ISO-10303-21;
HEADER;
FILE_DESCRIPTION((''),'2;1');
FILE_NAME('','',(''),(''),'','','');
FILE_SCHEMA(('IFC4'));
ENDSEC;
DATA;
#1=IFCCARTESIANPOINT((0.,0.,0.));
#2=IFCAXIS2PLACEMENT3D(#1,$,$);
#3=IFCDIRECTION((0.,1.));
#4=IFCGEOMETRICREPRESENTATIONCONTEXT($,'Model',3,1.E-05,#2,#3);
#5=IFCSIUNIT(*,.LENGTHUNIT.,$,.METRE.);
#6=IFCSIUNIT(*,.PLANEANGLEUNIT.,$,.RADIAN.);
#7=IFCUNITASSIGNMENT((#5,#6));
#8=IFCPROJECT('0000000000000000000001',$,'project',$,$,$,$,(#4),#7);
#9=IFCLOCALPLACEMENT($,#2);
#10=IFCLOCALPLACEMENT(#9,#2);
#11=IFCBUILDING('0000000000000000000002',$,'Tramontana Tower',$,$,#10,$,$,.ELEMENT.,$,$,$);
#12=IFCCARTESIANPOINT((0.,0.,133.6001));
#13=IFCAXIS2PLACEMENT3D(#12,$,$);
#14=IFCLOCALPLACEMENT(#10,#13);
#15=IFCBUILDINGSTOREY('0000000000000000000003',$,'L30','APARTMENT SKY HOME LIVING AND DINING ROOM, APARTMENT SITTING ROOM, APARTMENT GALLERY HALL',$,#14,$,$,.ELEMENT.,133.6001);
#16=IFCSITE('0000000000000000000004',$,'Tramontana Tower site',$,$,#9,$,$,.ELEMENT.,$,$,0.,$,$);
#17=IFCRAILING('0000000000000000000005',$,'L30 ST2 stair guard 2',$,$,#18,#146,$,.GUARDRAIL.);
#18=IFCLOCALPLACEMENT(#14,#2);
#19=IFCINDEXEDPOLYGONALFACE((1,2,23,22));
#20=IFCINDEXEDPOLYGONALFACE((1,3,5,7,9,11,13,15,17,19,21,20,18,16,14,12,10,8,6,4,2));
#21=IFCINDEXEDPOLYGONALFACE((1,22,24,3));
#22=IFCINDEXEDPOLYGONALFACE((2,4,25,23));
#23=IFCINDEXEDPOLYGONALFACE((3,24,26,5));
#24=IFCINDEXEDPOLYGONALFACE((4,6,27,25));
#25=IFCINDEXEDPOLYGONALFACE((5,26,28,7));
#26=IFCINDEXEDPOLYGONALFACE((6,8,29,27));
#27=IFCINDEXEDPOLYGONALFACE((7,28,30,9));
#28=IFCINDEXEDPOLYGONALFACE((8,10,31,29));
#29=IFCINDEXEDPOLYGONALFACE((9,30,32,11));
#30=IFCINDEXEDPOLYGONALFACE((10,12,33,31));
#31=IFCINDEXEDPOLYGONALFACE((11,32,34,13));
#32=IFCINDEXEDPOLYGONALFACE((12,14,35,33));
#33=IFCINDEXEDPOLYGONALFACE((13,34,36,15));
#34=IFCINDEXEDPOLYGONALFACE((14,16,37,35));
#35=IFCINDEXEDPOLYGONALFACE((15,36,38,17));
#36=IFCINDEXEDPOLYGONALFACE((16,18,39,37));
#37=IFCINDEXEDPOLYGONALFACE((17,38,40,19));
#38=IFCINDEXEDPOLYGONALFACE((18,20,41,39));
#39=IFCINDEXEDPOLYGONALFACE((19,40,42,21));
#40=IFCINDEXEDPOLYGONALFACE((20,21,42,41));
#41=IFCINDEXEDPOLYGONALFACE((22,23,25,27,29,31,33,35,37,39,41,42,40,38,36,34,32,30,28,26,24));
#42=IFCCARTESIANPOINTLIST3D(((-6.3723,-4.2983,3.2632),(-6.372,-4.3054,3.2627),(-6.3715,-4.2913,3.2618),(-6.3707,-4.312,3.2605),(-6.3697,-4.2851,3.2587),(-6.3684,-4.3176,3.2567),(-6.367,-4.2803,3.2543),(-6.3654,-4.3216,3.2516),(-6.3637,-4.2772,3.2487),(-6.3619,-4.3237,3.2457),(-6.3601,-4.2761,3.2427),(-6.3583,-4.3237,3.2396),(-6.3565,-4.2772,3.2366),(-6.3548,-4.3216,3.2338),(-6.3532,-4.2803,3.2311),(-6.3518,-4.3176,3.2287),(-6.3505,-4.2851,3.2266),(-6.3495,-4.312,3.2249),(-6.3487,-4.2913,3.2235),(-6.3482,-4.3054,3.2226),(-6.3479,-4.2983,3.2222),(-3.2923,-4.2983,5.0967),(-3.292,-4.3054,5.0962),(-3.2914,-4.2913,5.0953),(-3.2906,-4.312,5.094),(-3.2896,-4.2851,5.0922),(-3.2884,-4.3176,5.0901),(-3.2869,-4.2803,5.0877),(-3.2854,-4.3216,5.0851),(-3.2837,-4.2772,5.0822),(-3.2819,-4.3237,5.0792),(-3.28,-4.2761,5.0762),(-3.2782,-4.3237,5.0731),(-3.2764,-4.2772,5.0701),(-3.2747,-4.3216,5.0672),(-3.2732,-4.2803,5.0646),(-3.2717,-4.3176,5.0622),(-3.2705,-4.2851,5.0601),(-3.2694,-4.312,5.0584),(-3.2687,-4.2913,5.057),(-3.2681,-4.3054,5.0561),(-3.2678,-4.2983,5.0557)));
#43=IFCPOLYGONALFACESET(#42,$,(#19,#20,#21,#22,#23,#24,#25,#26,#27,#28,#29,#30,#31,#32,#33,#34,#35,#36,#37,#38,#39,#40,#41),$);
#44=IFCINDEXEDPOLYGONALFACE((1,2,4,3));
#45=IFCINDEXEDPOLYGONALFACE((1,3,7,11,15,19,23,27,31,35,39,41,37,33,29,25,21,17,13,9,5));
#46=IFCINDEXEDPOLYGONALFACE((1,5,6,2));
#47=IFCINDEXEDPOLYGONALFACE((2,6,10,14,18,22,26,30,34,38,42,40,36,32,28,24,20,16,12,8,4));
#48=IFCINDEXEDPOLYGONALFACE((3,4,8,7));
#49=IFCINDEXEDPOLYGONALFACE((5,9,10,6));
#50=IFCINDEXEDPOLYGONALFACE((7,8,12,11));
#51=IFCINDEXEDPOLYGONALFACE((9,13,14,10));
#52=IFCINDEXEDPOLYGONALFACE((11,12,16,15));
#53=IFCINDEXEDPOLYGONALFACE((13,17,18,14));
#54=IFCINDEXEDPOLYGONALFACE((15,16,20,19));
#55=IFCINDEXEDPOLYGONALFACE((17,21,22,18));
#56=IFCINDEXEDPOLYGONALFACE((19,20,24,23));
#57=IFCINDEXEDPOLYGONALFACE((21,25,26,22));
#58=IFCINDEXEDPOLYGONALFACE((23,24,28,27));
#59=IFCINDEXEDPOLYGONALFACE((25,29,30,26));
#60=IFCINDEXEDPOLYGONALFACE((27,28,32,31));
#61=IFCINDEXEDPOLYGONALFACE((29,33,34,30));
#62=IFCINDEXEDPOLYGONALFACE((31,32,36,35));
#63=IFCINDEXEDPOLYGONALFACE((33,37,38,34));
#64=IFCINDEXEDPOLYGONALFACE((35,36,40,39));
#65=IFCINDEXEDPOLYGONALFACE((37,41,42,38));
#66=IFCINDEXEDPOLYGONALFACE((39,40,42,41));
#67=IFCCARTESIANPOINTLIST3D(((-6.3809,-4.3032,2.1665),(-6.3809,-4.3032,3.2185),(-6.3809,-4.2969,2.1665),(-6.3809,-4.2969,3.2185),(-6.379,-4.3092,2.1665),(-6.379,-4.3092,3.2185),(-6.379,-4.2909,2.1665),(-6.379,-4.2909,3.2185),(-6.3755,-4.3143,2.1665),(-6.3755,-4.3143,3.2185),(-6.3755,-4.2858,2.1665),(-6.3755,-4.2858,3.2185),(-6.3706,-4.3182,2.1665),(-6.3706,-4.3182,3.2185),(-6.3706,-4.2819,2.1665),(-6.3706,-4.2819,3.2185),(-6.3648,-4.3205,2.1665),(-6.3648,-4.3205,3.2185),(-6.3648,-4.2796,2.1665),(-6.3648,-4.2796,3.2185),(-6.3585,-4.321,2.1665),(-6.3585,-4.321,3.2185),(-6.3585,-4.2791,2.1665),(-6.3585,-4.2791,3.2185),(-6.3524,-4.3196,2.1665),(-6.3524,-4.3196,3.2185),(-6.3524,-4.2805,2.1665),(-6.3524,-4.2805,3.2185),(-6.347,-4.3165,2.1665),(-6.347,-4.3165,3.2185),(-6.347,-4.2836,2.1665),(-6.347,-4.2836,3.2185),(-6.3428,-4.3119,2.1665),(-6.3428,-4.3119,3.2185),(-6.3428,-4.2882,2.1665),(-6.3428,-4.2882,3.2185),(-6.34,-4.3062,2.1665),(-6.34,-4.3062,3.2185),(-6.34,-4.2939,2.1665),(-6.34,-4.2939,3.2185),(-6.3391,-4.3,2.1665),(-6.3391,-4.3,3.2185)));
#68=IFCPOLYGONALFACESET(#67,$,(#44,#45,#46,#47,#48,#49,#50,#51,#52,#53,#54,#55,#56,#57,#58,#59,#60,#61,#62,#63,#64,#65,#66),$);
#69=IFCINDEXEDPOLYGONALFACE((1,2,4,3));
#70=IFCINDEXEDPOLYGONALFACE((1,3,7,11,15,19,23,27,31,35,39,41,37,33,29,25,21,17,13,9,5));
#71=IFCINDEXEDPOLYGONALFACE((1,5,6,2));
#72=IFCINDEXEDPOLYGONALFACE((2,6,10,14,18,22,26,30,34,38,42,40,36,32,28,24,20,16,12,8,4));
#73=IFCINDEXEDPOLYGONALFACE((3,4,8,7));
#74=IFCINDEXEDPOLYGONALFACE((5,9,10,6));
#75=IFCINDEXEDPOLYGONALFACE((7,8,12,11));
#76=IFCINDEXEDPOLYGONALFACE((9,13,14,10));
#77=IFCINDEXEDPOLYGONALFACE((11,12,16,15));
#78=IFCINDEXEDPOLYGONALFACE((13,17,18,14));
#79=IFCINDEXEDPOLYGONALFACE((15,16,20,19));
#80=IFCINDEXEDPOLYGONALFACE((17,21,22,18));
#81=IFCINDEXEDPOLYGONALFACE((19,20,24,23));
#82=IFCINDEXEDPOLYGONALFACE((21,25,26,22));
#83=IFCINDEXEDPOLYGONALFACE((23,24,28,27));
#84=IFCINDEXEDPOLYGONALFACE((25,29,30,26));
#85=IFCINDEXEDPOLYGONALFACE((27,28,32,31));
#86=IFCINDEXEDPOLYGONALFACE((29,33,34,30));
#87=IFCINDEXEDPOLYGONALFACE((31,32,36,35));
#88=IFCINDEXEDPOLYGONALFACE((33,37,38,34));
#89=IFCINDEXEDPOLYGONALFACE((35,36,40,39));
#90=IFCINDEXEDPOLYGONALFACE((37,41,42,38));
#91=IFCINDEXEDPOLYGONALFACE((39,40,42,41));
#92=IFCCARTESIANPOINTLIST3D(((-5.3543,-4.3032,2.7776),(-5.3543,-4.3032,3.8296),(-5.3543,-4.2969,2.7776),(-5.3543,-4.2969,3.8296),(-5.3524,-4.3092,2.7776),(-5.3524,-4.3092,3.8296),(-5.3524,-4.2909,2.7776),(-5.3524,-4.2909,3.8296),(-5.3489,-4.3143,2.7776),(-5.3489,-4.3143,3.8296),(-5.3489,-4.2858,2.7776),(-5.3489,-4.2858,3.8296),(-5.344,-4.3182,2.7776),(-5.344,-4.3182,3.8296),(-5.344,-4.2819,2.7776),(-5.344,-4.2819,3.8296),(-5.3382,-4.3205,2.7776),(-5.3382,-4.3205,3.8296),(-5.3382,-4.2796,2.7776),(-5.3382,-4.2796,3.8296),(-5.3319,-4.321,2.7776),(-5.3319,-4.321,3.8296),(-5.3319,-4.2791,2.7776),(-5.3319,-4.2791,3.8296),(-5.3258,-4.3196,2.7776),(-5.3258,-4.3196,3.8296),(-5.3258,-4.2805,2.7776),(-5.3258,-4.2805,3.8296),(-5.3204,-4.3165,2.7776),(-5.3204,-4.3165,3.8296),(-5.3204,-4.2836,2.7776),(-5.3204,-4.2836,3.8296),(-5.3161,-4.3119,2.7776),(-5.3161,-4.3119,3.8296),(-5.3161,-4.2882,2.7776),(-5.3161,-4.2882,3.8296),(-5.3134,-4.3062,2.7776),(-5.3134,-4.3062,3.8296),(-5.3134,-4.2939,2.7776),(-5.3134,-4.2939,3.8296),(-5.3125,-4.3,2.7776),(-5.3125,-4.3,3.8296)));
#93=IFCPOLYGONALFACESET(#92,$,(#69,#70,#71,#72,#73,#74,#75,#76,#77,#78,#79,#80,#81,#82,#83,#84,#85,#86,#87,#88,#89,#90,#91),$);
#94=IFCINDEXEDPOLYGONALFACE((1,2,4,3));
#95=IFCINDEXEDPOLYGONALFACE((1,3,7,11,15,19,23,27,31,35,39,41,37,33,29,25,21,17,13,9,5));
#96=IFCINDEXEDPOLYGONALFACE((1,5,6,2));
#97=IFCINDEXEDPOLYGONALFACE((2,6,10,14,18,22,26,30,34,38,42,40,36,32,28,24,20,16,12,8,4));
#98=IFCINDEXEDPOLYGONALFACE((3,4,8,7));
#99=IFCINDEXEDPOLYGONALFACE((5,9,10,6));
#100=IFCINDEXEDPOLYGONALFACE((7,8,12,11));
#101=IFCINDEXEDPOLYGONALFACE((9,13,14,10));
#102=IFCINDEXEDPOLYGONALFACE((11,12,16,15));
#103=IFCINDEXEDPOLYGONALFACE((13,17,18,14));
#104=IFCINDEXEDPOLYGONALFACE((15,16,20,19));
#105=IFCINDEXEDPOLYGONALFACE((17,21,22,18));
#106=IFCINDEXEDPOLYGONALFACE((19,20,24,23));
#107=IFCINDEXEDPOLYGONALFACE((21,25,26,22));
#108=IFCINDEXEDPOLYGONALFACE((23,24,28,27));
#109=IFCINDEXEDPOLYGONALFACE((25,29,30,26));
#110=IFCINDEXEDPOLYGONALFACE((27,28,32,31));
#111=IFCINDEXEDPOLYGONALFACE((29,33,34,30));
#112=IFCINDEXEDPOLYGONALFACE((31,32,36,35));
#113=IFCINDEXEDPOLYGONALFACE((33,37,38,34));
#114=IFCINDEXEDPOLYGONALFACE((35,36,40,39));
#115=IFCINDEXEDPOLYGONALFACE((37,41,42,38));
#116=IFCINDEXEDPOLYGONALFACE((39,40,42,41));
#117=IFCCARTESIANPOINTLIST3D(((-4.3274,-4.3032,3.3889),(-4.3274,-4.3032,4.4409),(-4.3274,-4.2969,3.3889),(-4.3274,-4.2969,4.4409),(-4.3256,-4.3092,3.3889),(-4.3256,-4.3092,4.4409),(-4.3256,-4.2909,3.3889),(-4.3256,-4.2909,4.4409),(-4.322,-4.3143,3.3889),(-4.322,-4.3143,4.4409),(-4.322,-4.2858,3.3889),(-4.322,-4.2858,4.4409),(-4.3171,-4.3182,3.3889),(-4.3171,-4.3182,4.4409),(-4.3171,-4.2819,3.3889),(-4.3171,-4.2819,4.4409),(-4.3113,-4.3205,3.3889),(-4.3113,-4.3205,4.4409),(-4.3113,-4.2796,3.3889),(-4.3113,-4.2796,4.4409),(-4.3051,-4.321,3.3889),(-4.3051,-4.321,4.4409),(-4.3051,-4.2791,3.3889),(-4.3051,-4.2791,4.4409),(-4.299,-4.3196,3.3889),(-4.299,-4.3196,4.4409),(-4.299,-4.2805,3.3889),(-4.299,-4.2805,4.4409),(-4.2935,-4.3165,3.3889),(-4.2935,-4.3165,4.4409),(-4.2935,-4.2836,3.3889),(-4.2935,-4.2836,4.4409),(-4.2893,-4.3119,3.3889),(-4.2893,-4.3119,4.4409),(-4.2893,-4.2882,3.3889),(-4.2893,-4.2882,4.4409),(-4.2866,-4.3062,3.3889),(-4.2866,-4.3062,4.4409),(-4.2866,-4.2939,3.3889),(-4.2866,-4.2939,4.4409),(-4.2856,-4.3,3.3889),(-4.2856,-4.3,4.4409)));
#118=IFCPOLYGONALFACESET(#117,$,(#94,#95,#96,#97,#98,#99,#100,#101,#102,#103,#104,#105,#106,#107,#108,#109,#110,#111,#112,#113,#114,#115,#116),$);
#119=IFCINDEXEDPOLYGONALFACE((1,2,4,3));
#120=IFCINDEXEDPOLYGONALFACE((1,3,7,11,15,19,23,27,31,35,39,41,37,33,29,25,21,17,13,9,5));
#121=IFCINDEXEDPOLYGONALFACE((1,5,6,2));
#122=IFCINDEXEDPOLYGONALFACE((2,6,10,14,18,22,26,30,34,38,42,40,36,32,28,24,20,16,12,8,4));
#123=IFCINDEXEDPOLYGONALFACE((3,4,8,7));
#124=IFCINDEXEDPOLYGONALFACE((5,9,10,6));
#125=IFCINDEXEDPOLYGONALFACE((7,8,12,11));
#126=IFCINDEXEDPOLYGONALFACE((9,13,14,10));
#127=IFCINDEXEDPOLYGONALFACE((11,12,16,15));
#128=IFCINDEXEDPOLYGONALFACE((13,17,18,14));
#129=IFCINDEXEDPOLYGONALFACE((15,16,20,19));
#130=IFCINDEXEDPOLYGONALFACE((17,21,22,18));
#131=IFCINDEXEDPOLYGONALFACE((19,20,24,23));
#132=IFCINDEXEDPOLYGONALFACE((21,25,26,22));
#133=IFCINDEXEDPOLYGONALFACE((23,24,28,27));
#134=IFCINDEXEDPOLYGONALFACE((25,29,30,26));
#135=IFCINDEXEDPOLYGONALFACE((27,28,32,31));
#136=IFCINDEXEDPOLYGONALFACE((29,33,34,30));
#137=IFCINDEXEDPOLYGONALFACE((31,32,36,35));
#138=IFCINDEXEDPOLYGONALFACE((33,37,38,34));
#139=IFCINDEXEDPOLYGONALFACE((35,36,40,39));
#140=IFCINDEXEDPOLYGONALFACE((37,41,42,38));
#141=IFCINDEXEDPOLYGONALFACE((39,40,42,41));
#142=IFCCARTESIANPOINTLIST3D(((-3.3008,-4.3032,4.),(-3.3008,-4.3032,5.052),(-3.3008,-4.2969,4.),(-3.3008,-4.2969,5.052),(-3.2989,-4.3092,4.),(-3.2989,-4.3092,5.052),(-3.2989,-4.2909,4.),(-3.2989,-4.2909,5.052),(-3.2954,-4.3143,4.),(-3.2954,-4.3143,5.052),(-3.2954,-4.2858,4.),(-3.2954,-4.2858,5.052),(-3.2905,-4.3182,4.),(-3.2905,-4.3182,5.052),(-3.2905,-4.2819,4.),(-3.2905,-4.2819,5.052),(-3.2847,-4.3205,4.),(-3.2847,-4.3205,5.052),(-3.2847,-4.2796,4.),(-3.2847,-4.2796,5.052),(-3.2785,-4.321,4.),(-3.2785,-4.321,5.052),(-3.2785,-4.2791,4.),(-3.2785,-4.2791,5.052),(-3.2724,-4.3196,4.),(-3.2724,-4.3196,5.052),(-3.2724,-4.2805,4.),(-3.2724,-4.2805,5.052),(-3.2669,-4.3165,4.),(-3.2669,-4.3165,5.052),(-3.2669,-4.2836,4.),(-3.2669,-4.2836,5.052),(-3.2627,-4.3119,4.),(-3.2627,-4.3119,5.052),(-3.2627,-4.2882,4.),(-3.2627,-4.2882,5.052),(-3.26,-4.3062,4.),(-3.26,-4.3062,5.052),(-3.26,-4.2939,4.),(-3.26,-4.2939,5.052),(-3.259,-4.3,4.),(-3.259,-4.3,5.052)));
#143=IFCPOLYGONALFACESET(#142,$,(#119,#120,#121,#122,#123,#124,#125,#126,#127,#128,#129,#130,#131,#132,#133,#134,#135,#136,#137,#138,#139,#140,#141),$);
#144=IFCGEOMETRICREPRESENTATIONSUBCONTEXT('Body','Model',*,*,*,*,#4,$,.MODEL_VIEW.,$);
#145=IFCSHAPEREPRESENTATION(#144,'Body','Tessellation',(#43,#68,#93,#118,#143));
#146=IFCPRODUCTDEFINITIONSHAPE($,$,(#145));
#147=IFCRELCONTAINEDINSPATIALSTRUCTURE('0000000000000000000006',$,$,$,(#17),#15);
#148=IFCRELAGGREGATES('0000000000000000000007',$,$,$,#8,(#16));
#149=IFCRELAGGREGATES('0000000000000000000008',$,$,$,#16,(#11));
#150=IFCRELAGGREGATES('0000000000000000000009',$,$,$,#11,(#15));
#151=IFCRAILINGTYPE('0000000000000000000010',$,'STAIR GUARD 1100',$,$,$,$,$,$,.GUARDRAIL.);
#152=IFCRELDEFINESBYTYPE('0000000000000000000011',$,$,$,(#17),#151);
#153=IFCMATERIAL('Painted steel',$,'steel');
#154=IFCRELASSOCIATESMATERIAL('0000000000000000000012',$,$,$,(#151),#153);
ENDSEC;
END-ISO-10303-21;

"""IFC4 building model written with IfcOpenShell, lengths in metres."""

from ifc_helpers import new_model, si_unit, direction, frame, origin, origin_2d, place, context, subcontext, project, spatial, circle, extrude, material, type_object, element, save


model = new_model("IFC4")

# Units and contexts
model_context = context("Model", 3, precision=1e-05, world=origin(), true_north=direction((0.0, 1.0)))
body_context = subcontext(model_context, "Body", "Model", "MODEL_VIEW")
ifc_project = project(units=[si_unit("LENGTHUNIT", "METRE"), si_unit("PLANEANGLEUNIT", "RADIAN")], contexts=[model_context])

# Site, building, storey
site_placement = place(None, origin())
site = spatial("IfcSite", under=ifc_project, at=site_placement, Name="Tramontana Tower site", CompositionType="ELEMENT", RefElevation=0.0)
building_placement = place(site_placement, origin())
building = spatial("IfcBuilding", under=site, at=building_placement, Name="Tramontana Tower", CompositionType="ELEMENT")
storey_placement = place(building_placement, frame((0.0, 0.0, 133.6001)))
storey = spatial("IfcBuildingStorey", under=building, at=storey_placement, Name="L30", Description="APARTMENT SKY HOME LIVING AND DINING ROOM, APARTMENT SITTING ROOM, APARTMENT GALLERY HALL", CompositionType="ELEMENT", Elevation=133.6001)

# Railing
ifc_material_1 = material(Name="Painted steel", Category="steel")
railing_type_1 = type_object("IfcRailingType", Name="STAIR GUARD 1100", PredefinedType="GUARDRAIL", material=ifc_material_1)
railing_1_placement = place(storey_placement, frame((-6.3601, -4.3, 2.1665)))
element("IfcRailing", 1, at=railing_1_placement, inside=storey, type_object=railing_type_1, Name="L30 ST2 stair guard 2", PredefinedType="GUARDRAIL", context=body_context, shape_type="SweptSolid", body=[
    extrude(circle(Radius=0.0239, at=origin_2d()), frame((0.0, 0.0, 1.0762), z_axis=(0.859279, 0.0, 0.511508), x_axis=(0.0, 1.0, 0.0)), (0.0, 0.0, 1.0), 3.5845),
    extrude(circle(Radius=0.021, at=origin_2d()), origin(), (0.0, 0.0, 1.0), 1.052),
    extrude(circle(Radius=0.021, at=origin_2d()), frame((1.0266, 0.0, 0.6111)), (0.0, 0.0, 1.0), 1.052),
    extrude(circle(Radius=0.021, at=origin_2d()), frame((2.0535, 0.0, 1.2224)), (0.0, 0.0, 1.0), 1.052),
    extrude(circle(Radius=0.021, at=origin_2d()), frame((3.0801, 0.0, 1.8335)), (0.0, 0.0, 1.0), 1.052),
])

save(model, "model.ifc")
